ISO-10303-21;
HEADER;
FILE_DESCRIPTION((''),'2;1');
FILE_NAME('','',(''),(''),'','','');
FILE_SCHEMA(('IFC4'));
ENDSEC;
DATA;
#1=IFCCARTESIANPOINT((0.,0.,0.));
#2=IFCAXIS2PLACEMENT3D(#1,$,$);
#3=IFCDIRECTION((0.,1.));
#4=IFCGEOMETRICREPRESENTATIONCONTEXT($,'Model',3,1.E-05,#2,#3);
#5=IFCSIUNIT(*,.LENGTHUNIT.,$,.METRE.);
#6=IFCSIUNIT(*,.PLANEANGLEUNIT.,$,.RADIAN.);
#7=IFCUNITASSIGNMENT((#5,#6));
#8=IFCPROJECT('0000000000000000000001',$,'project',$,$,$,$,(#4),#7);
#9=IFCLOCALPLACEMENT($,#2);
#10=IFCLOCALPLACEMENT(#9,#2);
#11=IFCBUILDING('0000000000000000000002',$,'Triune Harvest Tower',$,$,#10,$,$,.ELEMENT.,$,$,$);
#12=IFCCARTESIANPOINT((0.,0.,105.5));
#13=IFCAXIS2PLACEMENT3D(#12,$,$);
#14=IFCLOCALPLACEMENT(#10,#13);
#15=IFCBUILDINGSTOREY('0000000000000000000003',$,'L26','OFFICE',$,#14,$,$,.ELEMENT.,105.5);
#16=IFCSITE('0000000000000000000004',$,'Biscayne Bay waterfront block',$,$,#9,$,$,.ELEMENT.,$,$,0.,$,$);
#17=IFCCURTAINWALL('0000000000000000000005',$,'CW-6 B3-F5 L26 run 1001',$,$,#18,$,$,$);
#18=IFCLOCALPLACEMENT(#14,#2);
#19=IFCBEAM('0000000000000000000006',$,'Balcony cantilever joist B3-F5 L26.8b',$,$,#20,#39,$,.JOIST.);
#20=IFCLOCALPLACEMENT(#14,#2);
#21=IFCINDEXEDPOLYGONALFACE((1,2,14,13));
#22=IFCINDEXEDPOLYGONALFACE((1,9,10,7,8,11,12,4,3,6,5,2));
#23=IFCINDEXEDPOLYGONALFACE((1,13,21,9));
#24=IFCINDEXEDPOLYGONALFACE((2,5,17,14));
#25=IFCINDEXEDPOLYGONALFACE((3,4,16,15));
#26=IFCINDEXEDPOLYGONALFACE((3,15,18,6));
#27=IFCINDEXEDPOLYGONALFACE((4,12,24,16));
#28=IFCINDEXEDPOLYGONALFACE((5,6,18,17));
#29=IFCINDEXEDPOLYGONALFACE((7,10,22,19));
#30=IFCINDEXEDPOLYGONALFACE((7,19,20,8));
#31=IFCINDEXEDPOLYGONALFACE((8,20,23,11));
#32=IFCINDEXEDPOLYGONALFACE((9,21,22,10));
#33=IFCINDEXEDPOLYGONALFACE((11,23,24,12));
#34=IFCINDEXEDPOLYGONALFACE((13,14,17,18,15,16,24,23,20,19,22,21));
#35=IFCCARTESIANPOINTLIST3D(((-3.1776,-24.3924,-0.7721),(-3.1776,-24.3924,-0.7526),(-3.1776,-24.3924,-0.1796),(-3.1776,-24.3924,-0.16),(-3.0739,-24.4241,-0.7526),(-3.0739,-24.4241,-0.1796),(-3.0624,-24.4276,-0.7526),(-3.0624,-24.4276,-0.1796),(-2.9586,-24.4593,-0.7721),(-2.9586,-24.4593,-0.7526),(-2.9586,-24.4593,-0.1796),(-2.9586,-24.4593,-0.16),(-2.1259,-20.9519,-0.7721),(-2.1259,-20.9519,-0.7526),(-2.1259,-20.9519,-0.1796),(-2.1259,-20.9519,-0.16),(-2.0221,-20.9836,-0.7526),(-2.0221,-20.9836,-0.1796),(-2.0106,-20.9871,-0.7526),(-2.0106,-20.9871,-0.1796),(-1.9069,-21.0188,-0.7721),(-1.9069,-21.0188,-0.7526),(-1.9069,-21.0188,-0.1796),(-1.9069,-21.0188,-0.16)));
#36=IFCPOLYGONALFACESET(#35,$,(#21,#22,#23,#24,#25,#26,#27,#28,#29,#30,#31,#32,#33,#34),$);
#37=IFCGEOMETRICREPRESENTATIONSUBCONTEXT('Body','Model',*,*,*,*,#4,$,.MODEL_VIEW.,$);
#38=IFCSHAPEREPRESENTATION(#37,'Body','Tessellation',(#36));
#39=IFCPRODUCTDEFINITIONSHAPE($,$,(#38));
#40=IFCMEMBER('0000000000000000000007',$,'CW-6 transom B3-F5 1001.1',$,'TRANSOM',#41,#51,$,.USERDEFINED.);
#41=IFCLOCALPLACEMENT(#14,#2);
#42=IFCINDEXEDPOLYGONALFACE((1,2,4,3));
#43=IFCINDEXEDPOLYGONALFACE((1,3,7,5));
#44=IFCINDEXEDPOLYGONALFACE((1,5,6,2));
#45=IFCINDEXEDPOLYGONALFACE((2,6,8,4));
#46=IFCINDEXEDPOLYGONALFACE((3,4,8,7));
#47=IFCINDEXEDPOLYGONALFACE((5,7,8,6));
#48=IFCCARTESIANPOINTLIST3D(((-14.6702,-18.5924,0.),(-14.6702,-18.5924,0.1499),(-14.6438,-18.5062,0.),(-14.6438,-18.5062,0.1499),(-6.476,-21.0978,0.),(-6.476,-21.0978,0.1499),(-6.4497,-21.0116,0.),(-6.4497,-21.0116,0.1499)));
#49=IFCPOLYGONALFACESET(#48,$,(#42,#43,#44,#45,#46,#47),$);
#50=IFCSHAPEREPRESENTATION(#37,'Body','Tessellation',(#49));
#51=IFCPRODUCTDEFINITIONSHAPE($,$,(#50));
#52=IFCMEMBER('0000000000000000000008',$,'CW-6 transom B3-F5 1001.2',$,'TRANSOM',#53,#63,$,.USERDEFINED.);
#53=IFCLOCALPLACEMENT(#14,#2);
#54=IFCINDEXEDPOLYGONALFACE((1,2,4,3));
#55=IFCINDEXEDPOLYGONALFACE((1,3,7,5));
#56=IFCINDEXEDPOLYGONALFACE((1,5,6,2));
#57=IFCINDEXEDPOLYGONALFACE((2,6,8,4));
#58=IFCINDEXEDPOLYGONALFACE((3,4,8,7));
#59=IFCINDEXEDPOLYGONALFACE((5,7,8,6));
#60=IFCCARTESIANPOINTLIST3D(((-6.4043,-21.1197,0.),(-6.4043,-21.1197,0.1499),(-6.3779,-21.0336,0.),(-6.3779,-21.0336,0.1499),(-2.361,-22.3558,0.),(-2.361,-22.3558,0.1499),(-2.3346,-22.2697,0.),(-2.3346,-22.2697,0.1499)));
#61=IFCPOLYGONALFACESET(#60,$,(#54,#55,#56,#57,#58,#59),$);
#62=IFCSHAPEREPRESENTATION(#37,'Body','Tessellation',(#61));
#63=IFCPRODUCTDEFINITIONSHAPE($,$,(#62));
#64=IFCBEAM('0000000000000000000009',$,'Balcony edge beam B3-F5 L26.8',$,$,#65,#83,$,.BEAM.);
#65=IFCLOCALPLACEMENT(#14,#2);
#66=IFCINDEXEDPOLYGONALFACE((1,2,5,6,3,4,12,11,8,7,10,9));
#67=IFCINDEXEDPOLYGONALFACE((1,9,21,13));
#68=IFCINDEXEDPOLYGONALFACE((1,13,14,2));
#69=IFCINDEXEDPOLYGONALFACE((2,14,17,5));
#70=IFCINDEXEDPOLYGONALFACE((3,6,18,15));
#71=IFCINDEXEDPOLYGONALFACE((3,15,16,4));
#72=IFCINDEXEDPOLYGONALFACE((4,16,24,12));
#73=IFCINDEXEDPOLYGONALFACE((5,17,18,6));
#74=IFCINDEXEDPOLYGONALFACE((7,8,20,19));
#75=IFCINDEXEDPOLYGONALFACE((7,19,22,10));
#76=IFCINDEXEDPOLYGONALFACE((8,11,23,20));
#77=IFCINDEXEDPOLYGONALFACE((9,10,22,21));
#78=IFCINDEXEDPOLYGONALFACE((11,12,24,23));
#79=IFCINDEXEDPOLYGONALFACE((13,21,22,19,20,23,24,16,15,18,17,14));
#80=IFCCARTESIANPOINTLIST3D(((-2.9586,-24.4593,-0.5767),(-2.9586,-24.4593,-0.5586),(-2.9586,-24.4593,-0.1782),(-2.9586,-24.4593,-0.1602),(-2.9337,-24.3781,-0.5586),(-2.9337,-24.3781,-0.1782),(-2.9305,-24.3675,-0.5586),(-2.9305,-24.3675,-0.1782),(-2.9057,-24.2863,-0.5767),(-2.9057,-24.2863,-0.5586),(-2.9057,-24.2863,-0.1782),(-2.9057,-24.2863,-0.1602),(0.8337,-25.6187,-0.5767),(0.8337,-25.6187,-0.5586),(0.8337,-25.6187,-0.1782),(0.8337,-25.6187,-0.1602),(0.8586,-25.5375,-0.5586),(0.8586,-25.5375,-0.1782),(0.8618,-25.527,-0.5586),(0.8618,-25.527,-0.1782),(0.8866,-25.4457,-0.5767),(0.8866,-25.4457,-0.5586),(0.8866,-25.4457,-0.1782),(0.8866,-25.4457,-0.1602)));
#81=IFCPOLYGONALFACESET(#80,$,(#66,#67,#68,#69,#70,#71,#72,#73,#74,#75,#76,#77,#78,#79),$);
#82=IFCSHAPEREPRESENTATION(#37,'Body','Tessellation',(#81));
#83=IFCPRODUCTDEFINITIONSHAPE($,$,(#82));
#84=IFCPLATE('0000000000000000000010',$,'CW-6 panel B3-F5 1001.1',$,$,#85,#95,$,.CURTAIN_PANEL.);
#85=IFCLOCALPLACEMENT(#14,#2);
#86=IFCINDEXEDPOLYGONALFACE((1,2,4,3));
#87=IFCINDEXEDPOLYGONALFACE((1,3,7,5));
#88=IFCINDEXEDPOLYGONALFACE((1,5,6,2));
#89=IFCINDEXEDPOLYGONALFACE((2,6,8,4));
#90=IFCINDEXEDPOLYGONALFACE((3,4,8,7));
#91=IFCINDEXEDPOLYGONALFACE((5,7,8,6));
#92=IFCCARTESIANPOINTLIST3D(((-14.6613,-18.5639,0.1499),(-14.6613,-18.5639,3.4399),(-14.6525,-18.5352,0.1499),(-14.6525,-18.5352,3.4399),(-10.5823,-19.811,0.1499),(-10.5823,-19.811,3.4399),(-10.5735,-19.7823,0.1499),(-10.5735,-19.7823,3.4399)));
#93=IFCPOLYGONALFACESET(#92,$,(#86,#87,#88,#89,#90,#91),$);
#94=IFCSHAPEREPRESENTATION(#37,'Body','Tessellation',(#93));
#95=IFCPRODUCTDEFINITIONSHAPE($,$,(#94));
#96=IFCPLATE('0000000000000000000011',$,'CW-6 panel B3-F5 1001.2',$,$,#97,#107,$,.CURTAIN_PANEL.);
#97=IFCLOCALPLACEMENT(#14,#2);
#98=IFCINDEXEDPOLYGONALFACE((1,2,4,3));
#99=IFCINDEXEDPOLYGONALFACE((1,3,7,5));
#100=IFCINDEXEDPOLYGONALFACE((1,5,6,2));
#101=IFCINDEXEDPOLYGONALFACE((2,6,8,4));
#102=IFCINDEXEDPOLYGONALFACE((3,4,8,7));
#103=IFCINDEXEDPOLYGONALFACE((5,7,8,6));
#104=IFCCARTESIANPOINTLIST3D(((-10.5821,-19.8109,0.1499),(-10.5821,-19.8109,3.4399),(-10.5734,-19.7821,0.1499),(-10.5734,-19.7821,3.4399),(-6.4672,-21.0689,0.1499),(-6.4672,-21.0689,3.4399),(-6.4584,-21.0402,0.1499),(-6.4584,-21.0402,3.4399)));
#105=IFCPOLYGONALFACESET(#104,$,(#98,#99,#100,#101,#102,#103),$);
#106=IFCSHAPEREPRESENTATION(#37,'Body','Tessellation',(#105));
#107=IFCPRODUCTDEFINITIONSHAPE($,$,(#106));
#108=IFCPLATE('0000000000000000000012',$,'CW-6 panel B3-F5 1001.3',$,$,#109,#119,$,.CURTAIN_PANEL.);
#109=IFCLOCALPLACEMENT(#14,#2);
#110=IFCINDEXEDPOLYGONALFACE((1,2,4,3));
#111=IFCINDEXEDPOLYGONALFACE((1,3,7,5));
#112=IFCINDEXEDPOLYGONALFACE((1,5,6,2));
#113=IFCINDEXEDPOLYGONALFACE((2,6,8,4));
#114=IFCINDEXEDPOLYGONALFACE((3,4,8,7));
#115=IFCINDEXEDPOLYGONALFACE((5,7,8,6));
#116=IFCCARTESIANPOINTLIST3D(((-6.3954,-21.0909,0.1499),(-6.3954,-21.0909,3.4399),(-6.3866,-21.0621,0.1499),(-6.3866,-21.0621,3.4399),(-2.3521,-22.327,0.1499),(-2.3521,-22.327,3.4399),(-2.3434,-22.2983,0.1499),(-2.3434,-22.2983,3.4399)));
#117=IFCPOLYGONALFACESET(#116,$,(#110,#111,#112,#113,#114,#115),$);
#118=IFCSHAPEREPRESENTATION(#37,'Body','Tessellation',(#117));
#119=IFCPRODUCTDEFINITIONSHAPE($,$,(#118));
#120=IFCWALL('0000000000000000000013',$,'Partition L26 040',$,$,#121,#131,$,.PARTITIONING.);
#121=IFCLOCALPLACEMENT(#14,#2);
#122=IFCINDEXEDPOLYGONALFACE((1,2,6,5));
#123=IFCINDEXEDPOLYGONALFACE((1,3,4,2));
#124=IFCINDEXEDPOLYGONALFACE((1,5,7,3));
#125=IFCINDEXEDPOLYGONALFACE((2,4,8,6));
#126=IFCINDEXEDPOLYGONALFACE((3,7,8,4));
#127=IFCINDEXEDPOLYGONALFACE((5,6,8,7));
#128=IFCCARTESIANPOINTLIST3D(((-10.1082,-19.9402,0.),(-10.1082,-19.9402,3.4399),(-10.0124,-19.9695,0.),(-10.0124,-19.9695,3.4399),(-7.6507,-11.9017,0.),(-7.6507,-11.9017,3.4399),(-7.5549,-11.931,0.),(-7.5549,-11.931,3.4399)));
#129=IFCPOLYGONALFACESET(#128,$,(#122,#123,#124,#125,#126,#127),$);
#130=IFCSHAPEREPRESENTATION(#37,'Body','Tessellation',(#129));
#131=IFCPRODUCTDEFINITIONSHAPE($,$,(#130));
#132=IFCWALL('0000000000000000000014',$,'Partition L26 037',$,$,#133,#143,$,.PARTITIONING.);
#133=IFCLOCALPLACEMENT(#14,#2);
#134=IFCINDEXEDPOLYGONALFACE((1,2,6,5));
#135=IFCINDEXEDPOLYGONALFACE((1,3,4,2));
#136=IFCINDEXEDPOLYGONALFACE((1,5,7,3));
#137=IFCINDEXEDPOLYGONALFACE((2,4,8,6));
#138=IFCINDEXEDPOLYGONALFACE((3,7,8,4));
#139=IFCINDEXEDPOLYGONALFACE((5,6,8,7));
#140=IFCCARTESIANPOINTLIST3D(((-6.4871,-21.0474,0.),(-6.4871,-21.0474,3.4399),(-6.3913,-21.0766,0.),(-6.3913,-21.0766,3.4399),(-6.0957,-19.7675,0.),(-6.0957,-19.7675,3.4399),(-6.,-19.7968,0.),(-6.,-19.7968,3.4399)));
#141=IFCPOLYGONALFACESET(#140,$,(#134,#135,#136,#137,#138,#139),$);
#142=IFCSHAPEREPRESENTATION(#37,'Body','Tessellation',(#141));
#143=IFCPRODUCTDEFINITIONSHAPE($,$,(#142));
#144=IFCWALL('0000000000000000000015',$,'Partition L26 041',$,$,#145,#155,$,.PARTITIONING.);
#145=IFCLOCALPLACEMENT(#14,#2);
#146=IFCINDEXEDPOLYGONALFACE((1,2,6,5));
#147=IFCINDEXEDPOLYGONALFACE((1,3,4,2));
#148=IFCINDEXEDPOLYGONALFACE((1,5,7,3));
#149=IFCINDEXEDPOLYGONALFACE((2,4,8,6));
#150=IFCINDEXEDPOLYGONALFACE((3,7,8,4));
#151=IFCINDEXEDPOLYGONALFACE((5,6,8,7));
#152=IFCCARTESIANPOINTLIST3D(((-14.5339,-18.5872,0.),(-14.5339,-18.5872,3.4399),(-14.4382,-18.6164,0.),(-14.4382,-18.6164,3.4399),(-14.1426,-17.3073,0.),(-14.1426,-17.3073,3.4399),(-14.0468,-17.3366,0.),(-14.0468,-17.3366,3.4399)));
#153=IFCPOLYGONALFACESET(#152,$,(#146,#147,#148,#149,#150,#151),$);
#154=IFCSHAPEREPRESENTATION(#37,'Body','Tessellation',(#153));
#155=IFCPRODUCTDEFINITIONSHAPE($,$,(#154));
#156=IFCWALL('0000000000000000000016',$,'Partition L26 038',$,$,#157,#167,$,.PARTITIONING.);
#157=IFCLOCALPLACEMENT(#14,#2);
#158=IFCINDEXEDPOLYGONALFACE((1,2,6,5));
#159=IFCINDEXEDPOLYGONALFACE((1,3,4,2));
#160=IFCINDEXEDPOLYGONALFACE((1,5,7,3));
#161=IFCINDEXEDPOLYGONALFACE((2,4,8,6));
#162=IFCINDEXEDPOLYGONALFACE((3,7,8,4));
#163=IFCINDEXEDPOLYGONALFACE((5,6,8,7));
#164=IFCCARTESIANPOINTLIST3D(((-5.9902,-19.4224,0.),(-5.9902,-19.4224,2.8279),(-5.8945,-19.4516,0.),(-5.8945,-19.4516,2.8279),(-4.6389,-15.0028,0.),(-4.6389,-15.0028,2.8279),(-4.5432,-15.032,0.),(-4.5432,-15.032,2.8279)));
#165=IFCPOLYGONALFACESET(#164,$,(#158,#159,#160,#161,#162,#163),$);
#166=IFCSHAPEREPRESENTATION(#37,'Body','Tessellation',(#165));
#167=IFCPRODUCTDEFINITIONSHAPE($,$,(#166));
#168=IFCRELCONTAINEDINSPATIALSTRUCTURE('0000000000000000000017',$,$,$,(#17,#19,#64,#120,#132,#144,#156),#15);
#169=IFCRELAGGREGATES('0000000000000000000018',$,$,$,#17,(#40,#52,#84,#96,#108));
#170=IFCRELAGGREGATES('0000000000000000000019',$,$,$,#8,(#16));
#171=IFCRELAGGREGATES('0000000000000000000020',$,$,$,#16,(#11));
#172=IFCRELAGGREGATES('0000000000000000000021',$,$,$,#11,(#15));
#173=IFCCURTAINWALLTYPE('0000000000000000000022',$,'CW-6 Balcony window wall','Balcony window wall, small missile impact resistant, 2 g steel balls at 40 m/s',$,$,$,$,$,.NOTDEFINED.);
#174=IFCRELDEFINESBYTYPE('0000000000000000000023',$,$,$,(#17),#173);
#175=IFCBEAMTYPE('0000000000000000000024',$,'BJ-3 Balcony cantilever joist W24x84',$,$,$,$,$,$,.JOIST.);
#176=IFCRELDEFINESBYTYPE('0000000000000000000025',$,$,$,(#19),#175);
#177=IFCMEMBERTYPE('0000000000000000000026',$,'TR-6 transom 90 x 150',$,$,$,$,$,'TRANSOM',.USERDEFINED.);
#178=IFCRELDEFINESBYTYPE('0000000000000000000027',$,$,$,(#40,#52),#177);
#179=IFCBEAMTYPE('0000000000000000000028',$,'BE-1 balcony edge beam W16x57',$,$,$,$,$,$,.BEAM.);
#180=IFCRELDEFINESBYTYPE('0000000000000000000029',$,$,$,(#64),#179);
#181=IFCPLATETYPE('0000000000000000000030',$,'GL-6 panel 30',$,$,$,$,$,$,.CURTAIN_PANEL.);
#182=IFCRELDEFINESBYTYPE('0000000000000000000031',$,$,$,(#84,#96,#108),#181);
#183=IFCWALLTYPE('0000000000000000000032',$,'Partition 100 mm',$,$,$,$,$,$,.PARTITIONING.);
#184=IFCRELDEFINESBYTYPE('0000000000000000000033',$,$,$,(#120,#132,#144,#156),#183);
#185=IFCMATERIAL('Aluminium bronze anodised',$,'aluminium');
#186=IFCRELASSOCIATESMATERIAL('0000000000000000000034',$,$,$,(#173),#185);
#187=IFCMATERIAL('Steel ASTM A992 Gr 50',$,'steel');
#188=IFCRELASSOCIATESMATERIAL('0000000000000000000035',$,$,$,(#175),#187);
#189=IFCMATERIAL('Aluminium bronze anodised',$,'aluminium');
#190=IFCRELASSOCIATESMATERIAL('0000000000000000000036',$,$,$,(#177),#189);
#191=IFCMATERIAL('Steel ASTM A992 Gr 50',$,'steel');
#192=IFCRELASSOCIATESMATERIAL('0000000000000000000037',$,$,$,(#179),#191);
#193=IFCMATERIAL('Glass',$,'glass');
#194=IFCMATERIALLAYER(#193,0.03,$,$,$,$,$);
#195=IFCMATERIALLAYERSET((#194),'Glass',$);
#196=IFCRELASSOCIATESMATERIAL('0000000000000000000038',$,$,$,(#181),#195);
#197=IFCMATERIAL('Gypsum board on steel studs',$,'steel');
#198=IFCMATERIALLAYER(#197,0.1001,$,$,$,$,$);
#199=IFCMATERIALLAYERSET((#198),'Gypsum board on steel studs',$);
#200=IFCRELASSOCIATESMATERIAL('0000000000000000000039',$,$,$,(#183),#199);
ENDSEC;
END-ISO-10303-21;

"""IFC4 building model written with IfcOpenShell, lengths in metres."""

from ifc_helpers import new_model, si_unit, direction, frame, frame_2d, origin, origin_2d, place, context, subcontext, project, spatial, rectangle, i_section, extrude, source, transform, mapped, material, layer, layer_set, material_profile, profile_set, type_object, element, aggregate, save


model = new_model("IFC4")

# Units and contexts
model_context = context("Model", 3, precision=1e-05, world=origin(), true_north=direction((0.0, 1.0)))
body_context = subcontext(model_context, "Body", "Model", "MODEL_VIEW")
ifc_project = project(units=[si_unit("LENGTHUNIT", "METRE"), si_unit("PLANEANGLEUNIT", "RADIAN")], contexts=[model_context])

# Site, building, storey
site_placement = place(None, origin())
site = spatial("IfcSite", under=ifc_project, at=site_placement, Name="Biscayne Bay waterfront block", CompositionType="ELEMENT", RefElevation=0.0)
building_placement = place(site_placement, origin())
building = spatial("IfcBuilding", under=site, at=building_placement, Name="Triune Harvest Tower", CompositionType="ELEMENT")
storey_placement = place(building_placement, frame((0.0, 0.0, 105.5)))
storey = spatial("IfcBuildingStorey", under=building, at=storey_placement, Name="L26", Description="OFFICE", CompositionType="ELEMENT", Elevation=105.5)

# Curtain wall
ifc_material_1 = material(Name="Aluminium bronze anodised", Category="aluminium")
curtain_wall_type_1 = type_object("IfcCurtainWallType", Name="CW-6 Balcony window wall", Description="Balcony window wall, small missile impact resistant, 2 g steel balls at 40 m/s", PredefinedType="NOTDEFINED", material=ifc_material_1)
curtain_wall_1_placement = place(storey_placement, origin())
curtain_wall_1 = element("IfcCurtainWall", 1, at=curtain_wall_1_placement, inside=storey, type_object=curtain_wall_type_1, Name="CW-6 B3-F5 L26 run 1001")

# Beam
ifc_material_2 = material(Name="Steel ASTM A992 Gr 50", Category="steel")
ifc_material_profile_1 = material_profile(ifc_material_2, i_section(OverallWidth=0.229, OverallDepth=0.6121, WebThickness=0.012, FlangeThickness=0.0195, at=origin_2d()), Name="W24x84")
ifc_profile_set_1 = profile_set([ifc_material_profile_1], Name="Steel ASTM A992 Gr 50")
beam_type_1 = type_object("IfcBeamType", Name="BJ-3 Balcony cantilever joist W24x84", PredefinedType="JOIST", material=ifc_profile_set_1)
shared_shape_1 = source(origin(), body_context, "Body", "SweptSolid", [
    extrude(i_section(OverallWidth=0.229, OverallDepth=0.6121, WebThickness=0.012, FlangeThickness=0.0195, at=origin_2d()), origin(), (0.0, 0.0, 1.0), 3.5977),
])
beam_1_placement = place(storey_placement, frame((-2.0164, -20.9854, -0.4661), z_axis=(-0.29235, -0.956312, 0.0), x_axis=(0.956312, -0.29235, 0.0)))
element("IfcBeam", 2, at=beam_1_placement, inside=storey, type_object=beam_type_1, Name="Balcony cantilever joist B3-F5 L26.8b", PredefinedType="JOIST", context=body_context, shape_type="MappedRepresentation", body=[
    mapped(shared_shape_1, transform((0.0, 0.0, 0.0), scale=1.0)),
])

# Members
ifc_material_3 = material(Name="Aluminium bronze anodised", Category="aluminium")
ifc_material_profile_2 = material_profile(ifc_material_3, rectangle(XDim=0.0901, YDim=0.1499, at=origin_2d()), Name="TR-6 transom 90 x 150")
ifc_profile_set_2 = profile_set([ifc_material_profile_2], Name="Aluminium bronze anodised")
member_type_1 = type_object("IfcMemberType", Name="TR-6 transom 90 x 150", ElementType="TRANSOM", PredefinedType="USERDEFINED", material=ifc_profile_set_2)
shared_shape_2 = source(origin(), body_context, "Body", "SweptSolid", [
    extrude(rectangle(XDim=0.0901, YDim=0.1499, at=origin_2d()), origin(), (0.0, 0.0, 1.0), 8.5686),
])
member_1_placement = place(storey_placement, frame((-14.657, -18.5493, 0.075), z_axis=(0.956299, -0.292392, 0.0), x_axis=(0.292392, 0.956299, 0.0)))
member_1 = element("IfcMember", 3, at=member_1_placement, type_object=member_type_1, Name="CW-6 transom B3-F5 1001.1", ObjectType="TRANSOM", PredefinedType="USERDEFINED", context=body_context, shape_type="MappedRepresentation", body=[
    mapped(shared_shape_2, transform((0.0, 0.0, 0.0), scale=1.0)),
])
shared_shape_3 = source(origin(), body_context, "Body", "SweptSolid", [
    extrude(rectangle(XDim=0.0901, YDim=0.1499, at=origin_2d()), origin(), (0.0, 0.0, 1.0), 4.228),
])
member_2_placement = place(storey_placement, frame((-6.3911, -21.0767, 0.075), z_axis=(0.956308, -0.292361, 0.0), x_axis=(0.292361, 0.956308, 0.0)))
member_2 = element("IfcMember", 4, at=member_2_placement, type_object=member_type_1, Name="CW-6 transom B3-F5 1001.2", ObjectType="TRANSOM", PredefinedType="USERDEFINED", context=body_context, shape_type="MappedRepresentation", body=[
    mapped(shared_shape_3, transform((0.0, 0.0, 0.0), scale=1.0)),
])

# Beam
ifc_material_4 = material(Name="Steel ASTM A992 Gr 50", Category="steel")
ifc_material_profile_3 = material_profile(ifc_material_4, i_section(OverallWidth=0.1809, OverallDepth=0.4165, WebThickness=0.011, FlangeThickness=0.0181, at=origin_2d()), Name="W16x57")
ifc_profile_set_3 = profile_set([ifc_material_profile_3], Name="Steel ASTM A992 Gr 50")
beam_type_2 = type_object("IfcBeamType", Name="BE-1 balcony edge beam W16x57", PredefinedType="BEAM", material=ifc_profile_set_3)
shared_shape_4 = source(origin(), body_context, "Body", "SweptSolid", [
    extrude(i_section(OverallWidth=0.1809, OverallDepth=0.4165, WebThickness=0.011, FlangeThickness=0.0181, at=origin_2d()), origin(), (0.0, 0.0, 1.0), 3.9656),
])
beam_2_placement = place(storey_placement, frame((-2.9321, -24.3728, -0.3684), z_axis=(0.956303, -0.292377, 0.0), x_axis=(0.292377, 0.956303, 0.0)))
element("IfcBeam", 5, at=beam_2_placement, inside=storey, type_object=beam_type_2, Name="Balcony edge beam B3-F5 L26.8", PredefinedType="BEAM", context=body_context, shape_type="MappedRepresentation", body=[
    mapped(shared_shape_4, transform((0.0, 0.0, 0.0), scale=1.0)),
])

# Plates
ifc_material_5 = material(Name="Glass", Category="glass")
ifc_layer_1 = layer(ifc_material_5, 0.03)
ifc_layer_set_1 = layer_set([ifc_layer_1], Name="Glass")
plate_type = type_object("IfcPlateType", Name="GL-6 panel 30", PredefinedType="CURTAIN_PANEL", material=ifc_layer_set_1)
shared_shape_5 = source(origin(), body_context, "Body", "SweptSolid", [
    extrude(rectangle(XDim=4.2654, YDim=0.03, at=origin_2d()), origin(), (0.0, 0.0, 1.0), 3.29),
])
plate_1_placement = place(storey_placement, frame((-12.6174, -19.1731, 0.1499), z_axis=(0.0, 0.0, 1.0), x_axis=(0.956304, -0.292375, 0.0)))
plate_1 = element("IfcPlate", 6, at=plate_1_placement, type_object=plate_type, Name="CW-6 panel B3-F5 1001.1", PredefinedType="CURTAIN_PANEL", context=body_context, shape_type="MappedRepresentation", body=[
    mapped(shared_shape_5, transform((0.0, 0.0, 0.0), scale=1.0)),
])
shared_shape_6 = source(origin(), body_context, "Body", "SweptSolid", [
    extrude(rectangle(XDim=4.303, YDim=0.03, at=origin_2d()), origin(), (0.0, 0.0, 1.0), 3.29),
])
plate_2_placement = place(storey_placement, frame((-8.5203, -20.4255, 0.1499), z_axis=(0.0, 0.0, 1.0), x_axis=(0.956304, -0.292375, 0.0)))
plate_2 = element("IfcPlate", 7, at=plate_2_placement, type_object=plate_type, Name="CW-6 panel B3-F5 1001.2", PredefinedType="CURTAIN_PANEL", context=body_context, shape_type="MappedRepresentation", body=[
    mapped(shared_shape_6, transform((0.0, 0.0, 0.0), scale=1.0)),
])
shared_shape_7 = source(origin(), body_context, "Body", "SweptSolid", [
    extrude(rectangle(XDim=4.228, YDim=0.03, at=origin_2d()), origin(), (0.0, 0.0, 1.0), 3.29),
])
plate_3_placement = place(storey_placement, frame((-4.3694, -21.6946, 0.1499), z_axis=(0.0, 0.0, 1.0), x_axis=(0.956304, -0.292375, 0.0)))
plate_3 = element("IfcPlate", 8, at=plate_3_placement, type_object=plate_type, Name="CW-6 panel B3-F5 1001.3", PredefinedType="CURTAIN_PANEL", context=body_context, shape_type="MappedRepresentation", body=[
    mapped(shared_shape_7, transform((0.0, 0.0, 0.0), scale=1.0)),
])
aggregate(curtain_wall_1, [member_1, member_2, plate_1, plate_2, plate_3])

# Walls
ifc_material_6 = material(Name="Gypsum board on steel studs", Category="steel")
ifc_layer_2 = layer(ifc_material_6, 0.1001)
ifc_layer_set_2 = layer_set([ifc_layer_2], Name="Gypsum board on steel studs")
wall_type = type_object("IfcWallType", Name="Partition 100 mm", PredefinedType="PARTITIONING", material=ifc_layer_set_2)
wall_1_placement = place(storey_placement, frame((-10.0603, -19.9548, 0.0), z_axis=(0.0, 0.0, 1.0), x_axis=(0.292359, 0.956309, 0.0)))
element("IfcWall", 9, at=wall_1_placement, inside=storey, type_object=wall_type, Name="Partition L26 040", PredefinedType="PARTITIONING", context=body_context, shape_type="SweptSolid", body=[
    extrude(rectangle(XDim=8.4058, YDim=0.1001, at=frame_2d((4.2029, 0.0))), origin(), (0.0, 0.0, 1.0), 3.4399),
])
shared_shape_8 = source(origin(), body_context, "Body", "SweptSolid", [
    extrude(rectangle(XDim=1.3384, YDim=0.1001, at=frame_2d((0.6692, 0.0))), origin(), (0.0, 0.0, 1.0), 3.4399),
])
for number, where, z_axis, x_axis, name in (
    (10, (-6.4392, -21.062, 0.0), (0.0, 0.0, 1.0), (0.292432, 0.956286, 0.0), "Partition L26 037"),
    (11, (-14.4861, -18.6018, 0.0), (0.0, 0.0, 1.0), (0.292432, 0.956286, 0.0), "Partition L26 041"),
):
    element("IfcWall", number, at=place(storey_placement, frame(where, z_axis=z_axis, x_axis=x_axis)), inside=storey, type_object=wall_type, Name=name, PredefinedType="PARTITIONING", context=body_context, shape_type="MappedRepresentation", body=[
        mapped(shared_shape_8, transform((0.0, 0.0, 0.0), scale=1.0)),
    ])
shared_shape_9 = source(origin(), body_context, "Body", "SweptSolid", [
    extrude(rectangle(XDim=4.6216, YDim=0.1001, at=frame_2d((2.3108, 0.0))), origin(), (0.0, 0.0, 1.0), 2.8279),
])
wall_2_placement = place(storey_placement, frame((-5.9424, -19.437, 0.0), z_axis=(0.0, 0.0, 1.0), x_axis=(0.292389, 0.956299, 0.0)))
element("IfcWall", 12, at=wall_2_placement, inside=storey, type_object=wall_type, Name="Partition L26 038", PredefinedType="PARTITIONING", context=body_context, shape_type="MappedRepresentation", body=[
    mapped(shared_shape_9, transform((0.0, 0.0, 0.0), scale=1.0)),
])

save(model, "model.ifc")
